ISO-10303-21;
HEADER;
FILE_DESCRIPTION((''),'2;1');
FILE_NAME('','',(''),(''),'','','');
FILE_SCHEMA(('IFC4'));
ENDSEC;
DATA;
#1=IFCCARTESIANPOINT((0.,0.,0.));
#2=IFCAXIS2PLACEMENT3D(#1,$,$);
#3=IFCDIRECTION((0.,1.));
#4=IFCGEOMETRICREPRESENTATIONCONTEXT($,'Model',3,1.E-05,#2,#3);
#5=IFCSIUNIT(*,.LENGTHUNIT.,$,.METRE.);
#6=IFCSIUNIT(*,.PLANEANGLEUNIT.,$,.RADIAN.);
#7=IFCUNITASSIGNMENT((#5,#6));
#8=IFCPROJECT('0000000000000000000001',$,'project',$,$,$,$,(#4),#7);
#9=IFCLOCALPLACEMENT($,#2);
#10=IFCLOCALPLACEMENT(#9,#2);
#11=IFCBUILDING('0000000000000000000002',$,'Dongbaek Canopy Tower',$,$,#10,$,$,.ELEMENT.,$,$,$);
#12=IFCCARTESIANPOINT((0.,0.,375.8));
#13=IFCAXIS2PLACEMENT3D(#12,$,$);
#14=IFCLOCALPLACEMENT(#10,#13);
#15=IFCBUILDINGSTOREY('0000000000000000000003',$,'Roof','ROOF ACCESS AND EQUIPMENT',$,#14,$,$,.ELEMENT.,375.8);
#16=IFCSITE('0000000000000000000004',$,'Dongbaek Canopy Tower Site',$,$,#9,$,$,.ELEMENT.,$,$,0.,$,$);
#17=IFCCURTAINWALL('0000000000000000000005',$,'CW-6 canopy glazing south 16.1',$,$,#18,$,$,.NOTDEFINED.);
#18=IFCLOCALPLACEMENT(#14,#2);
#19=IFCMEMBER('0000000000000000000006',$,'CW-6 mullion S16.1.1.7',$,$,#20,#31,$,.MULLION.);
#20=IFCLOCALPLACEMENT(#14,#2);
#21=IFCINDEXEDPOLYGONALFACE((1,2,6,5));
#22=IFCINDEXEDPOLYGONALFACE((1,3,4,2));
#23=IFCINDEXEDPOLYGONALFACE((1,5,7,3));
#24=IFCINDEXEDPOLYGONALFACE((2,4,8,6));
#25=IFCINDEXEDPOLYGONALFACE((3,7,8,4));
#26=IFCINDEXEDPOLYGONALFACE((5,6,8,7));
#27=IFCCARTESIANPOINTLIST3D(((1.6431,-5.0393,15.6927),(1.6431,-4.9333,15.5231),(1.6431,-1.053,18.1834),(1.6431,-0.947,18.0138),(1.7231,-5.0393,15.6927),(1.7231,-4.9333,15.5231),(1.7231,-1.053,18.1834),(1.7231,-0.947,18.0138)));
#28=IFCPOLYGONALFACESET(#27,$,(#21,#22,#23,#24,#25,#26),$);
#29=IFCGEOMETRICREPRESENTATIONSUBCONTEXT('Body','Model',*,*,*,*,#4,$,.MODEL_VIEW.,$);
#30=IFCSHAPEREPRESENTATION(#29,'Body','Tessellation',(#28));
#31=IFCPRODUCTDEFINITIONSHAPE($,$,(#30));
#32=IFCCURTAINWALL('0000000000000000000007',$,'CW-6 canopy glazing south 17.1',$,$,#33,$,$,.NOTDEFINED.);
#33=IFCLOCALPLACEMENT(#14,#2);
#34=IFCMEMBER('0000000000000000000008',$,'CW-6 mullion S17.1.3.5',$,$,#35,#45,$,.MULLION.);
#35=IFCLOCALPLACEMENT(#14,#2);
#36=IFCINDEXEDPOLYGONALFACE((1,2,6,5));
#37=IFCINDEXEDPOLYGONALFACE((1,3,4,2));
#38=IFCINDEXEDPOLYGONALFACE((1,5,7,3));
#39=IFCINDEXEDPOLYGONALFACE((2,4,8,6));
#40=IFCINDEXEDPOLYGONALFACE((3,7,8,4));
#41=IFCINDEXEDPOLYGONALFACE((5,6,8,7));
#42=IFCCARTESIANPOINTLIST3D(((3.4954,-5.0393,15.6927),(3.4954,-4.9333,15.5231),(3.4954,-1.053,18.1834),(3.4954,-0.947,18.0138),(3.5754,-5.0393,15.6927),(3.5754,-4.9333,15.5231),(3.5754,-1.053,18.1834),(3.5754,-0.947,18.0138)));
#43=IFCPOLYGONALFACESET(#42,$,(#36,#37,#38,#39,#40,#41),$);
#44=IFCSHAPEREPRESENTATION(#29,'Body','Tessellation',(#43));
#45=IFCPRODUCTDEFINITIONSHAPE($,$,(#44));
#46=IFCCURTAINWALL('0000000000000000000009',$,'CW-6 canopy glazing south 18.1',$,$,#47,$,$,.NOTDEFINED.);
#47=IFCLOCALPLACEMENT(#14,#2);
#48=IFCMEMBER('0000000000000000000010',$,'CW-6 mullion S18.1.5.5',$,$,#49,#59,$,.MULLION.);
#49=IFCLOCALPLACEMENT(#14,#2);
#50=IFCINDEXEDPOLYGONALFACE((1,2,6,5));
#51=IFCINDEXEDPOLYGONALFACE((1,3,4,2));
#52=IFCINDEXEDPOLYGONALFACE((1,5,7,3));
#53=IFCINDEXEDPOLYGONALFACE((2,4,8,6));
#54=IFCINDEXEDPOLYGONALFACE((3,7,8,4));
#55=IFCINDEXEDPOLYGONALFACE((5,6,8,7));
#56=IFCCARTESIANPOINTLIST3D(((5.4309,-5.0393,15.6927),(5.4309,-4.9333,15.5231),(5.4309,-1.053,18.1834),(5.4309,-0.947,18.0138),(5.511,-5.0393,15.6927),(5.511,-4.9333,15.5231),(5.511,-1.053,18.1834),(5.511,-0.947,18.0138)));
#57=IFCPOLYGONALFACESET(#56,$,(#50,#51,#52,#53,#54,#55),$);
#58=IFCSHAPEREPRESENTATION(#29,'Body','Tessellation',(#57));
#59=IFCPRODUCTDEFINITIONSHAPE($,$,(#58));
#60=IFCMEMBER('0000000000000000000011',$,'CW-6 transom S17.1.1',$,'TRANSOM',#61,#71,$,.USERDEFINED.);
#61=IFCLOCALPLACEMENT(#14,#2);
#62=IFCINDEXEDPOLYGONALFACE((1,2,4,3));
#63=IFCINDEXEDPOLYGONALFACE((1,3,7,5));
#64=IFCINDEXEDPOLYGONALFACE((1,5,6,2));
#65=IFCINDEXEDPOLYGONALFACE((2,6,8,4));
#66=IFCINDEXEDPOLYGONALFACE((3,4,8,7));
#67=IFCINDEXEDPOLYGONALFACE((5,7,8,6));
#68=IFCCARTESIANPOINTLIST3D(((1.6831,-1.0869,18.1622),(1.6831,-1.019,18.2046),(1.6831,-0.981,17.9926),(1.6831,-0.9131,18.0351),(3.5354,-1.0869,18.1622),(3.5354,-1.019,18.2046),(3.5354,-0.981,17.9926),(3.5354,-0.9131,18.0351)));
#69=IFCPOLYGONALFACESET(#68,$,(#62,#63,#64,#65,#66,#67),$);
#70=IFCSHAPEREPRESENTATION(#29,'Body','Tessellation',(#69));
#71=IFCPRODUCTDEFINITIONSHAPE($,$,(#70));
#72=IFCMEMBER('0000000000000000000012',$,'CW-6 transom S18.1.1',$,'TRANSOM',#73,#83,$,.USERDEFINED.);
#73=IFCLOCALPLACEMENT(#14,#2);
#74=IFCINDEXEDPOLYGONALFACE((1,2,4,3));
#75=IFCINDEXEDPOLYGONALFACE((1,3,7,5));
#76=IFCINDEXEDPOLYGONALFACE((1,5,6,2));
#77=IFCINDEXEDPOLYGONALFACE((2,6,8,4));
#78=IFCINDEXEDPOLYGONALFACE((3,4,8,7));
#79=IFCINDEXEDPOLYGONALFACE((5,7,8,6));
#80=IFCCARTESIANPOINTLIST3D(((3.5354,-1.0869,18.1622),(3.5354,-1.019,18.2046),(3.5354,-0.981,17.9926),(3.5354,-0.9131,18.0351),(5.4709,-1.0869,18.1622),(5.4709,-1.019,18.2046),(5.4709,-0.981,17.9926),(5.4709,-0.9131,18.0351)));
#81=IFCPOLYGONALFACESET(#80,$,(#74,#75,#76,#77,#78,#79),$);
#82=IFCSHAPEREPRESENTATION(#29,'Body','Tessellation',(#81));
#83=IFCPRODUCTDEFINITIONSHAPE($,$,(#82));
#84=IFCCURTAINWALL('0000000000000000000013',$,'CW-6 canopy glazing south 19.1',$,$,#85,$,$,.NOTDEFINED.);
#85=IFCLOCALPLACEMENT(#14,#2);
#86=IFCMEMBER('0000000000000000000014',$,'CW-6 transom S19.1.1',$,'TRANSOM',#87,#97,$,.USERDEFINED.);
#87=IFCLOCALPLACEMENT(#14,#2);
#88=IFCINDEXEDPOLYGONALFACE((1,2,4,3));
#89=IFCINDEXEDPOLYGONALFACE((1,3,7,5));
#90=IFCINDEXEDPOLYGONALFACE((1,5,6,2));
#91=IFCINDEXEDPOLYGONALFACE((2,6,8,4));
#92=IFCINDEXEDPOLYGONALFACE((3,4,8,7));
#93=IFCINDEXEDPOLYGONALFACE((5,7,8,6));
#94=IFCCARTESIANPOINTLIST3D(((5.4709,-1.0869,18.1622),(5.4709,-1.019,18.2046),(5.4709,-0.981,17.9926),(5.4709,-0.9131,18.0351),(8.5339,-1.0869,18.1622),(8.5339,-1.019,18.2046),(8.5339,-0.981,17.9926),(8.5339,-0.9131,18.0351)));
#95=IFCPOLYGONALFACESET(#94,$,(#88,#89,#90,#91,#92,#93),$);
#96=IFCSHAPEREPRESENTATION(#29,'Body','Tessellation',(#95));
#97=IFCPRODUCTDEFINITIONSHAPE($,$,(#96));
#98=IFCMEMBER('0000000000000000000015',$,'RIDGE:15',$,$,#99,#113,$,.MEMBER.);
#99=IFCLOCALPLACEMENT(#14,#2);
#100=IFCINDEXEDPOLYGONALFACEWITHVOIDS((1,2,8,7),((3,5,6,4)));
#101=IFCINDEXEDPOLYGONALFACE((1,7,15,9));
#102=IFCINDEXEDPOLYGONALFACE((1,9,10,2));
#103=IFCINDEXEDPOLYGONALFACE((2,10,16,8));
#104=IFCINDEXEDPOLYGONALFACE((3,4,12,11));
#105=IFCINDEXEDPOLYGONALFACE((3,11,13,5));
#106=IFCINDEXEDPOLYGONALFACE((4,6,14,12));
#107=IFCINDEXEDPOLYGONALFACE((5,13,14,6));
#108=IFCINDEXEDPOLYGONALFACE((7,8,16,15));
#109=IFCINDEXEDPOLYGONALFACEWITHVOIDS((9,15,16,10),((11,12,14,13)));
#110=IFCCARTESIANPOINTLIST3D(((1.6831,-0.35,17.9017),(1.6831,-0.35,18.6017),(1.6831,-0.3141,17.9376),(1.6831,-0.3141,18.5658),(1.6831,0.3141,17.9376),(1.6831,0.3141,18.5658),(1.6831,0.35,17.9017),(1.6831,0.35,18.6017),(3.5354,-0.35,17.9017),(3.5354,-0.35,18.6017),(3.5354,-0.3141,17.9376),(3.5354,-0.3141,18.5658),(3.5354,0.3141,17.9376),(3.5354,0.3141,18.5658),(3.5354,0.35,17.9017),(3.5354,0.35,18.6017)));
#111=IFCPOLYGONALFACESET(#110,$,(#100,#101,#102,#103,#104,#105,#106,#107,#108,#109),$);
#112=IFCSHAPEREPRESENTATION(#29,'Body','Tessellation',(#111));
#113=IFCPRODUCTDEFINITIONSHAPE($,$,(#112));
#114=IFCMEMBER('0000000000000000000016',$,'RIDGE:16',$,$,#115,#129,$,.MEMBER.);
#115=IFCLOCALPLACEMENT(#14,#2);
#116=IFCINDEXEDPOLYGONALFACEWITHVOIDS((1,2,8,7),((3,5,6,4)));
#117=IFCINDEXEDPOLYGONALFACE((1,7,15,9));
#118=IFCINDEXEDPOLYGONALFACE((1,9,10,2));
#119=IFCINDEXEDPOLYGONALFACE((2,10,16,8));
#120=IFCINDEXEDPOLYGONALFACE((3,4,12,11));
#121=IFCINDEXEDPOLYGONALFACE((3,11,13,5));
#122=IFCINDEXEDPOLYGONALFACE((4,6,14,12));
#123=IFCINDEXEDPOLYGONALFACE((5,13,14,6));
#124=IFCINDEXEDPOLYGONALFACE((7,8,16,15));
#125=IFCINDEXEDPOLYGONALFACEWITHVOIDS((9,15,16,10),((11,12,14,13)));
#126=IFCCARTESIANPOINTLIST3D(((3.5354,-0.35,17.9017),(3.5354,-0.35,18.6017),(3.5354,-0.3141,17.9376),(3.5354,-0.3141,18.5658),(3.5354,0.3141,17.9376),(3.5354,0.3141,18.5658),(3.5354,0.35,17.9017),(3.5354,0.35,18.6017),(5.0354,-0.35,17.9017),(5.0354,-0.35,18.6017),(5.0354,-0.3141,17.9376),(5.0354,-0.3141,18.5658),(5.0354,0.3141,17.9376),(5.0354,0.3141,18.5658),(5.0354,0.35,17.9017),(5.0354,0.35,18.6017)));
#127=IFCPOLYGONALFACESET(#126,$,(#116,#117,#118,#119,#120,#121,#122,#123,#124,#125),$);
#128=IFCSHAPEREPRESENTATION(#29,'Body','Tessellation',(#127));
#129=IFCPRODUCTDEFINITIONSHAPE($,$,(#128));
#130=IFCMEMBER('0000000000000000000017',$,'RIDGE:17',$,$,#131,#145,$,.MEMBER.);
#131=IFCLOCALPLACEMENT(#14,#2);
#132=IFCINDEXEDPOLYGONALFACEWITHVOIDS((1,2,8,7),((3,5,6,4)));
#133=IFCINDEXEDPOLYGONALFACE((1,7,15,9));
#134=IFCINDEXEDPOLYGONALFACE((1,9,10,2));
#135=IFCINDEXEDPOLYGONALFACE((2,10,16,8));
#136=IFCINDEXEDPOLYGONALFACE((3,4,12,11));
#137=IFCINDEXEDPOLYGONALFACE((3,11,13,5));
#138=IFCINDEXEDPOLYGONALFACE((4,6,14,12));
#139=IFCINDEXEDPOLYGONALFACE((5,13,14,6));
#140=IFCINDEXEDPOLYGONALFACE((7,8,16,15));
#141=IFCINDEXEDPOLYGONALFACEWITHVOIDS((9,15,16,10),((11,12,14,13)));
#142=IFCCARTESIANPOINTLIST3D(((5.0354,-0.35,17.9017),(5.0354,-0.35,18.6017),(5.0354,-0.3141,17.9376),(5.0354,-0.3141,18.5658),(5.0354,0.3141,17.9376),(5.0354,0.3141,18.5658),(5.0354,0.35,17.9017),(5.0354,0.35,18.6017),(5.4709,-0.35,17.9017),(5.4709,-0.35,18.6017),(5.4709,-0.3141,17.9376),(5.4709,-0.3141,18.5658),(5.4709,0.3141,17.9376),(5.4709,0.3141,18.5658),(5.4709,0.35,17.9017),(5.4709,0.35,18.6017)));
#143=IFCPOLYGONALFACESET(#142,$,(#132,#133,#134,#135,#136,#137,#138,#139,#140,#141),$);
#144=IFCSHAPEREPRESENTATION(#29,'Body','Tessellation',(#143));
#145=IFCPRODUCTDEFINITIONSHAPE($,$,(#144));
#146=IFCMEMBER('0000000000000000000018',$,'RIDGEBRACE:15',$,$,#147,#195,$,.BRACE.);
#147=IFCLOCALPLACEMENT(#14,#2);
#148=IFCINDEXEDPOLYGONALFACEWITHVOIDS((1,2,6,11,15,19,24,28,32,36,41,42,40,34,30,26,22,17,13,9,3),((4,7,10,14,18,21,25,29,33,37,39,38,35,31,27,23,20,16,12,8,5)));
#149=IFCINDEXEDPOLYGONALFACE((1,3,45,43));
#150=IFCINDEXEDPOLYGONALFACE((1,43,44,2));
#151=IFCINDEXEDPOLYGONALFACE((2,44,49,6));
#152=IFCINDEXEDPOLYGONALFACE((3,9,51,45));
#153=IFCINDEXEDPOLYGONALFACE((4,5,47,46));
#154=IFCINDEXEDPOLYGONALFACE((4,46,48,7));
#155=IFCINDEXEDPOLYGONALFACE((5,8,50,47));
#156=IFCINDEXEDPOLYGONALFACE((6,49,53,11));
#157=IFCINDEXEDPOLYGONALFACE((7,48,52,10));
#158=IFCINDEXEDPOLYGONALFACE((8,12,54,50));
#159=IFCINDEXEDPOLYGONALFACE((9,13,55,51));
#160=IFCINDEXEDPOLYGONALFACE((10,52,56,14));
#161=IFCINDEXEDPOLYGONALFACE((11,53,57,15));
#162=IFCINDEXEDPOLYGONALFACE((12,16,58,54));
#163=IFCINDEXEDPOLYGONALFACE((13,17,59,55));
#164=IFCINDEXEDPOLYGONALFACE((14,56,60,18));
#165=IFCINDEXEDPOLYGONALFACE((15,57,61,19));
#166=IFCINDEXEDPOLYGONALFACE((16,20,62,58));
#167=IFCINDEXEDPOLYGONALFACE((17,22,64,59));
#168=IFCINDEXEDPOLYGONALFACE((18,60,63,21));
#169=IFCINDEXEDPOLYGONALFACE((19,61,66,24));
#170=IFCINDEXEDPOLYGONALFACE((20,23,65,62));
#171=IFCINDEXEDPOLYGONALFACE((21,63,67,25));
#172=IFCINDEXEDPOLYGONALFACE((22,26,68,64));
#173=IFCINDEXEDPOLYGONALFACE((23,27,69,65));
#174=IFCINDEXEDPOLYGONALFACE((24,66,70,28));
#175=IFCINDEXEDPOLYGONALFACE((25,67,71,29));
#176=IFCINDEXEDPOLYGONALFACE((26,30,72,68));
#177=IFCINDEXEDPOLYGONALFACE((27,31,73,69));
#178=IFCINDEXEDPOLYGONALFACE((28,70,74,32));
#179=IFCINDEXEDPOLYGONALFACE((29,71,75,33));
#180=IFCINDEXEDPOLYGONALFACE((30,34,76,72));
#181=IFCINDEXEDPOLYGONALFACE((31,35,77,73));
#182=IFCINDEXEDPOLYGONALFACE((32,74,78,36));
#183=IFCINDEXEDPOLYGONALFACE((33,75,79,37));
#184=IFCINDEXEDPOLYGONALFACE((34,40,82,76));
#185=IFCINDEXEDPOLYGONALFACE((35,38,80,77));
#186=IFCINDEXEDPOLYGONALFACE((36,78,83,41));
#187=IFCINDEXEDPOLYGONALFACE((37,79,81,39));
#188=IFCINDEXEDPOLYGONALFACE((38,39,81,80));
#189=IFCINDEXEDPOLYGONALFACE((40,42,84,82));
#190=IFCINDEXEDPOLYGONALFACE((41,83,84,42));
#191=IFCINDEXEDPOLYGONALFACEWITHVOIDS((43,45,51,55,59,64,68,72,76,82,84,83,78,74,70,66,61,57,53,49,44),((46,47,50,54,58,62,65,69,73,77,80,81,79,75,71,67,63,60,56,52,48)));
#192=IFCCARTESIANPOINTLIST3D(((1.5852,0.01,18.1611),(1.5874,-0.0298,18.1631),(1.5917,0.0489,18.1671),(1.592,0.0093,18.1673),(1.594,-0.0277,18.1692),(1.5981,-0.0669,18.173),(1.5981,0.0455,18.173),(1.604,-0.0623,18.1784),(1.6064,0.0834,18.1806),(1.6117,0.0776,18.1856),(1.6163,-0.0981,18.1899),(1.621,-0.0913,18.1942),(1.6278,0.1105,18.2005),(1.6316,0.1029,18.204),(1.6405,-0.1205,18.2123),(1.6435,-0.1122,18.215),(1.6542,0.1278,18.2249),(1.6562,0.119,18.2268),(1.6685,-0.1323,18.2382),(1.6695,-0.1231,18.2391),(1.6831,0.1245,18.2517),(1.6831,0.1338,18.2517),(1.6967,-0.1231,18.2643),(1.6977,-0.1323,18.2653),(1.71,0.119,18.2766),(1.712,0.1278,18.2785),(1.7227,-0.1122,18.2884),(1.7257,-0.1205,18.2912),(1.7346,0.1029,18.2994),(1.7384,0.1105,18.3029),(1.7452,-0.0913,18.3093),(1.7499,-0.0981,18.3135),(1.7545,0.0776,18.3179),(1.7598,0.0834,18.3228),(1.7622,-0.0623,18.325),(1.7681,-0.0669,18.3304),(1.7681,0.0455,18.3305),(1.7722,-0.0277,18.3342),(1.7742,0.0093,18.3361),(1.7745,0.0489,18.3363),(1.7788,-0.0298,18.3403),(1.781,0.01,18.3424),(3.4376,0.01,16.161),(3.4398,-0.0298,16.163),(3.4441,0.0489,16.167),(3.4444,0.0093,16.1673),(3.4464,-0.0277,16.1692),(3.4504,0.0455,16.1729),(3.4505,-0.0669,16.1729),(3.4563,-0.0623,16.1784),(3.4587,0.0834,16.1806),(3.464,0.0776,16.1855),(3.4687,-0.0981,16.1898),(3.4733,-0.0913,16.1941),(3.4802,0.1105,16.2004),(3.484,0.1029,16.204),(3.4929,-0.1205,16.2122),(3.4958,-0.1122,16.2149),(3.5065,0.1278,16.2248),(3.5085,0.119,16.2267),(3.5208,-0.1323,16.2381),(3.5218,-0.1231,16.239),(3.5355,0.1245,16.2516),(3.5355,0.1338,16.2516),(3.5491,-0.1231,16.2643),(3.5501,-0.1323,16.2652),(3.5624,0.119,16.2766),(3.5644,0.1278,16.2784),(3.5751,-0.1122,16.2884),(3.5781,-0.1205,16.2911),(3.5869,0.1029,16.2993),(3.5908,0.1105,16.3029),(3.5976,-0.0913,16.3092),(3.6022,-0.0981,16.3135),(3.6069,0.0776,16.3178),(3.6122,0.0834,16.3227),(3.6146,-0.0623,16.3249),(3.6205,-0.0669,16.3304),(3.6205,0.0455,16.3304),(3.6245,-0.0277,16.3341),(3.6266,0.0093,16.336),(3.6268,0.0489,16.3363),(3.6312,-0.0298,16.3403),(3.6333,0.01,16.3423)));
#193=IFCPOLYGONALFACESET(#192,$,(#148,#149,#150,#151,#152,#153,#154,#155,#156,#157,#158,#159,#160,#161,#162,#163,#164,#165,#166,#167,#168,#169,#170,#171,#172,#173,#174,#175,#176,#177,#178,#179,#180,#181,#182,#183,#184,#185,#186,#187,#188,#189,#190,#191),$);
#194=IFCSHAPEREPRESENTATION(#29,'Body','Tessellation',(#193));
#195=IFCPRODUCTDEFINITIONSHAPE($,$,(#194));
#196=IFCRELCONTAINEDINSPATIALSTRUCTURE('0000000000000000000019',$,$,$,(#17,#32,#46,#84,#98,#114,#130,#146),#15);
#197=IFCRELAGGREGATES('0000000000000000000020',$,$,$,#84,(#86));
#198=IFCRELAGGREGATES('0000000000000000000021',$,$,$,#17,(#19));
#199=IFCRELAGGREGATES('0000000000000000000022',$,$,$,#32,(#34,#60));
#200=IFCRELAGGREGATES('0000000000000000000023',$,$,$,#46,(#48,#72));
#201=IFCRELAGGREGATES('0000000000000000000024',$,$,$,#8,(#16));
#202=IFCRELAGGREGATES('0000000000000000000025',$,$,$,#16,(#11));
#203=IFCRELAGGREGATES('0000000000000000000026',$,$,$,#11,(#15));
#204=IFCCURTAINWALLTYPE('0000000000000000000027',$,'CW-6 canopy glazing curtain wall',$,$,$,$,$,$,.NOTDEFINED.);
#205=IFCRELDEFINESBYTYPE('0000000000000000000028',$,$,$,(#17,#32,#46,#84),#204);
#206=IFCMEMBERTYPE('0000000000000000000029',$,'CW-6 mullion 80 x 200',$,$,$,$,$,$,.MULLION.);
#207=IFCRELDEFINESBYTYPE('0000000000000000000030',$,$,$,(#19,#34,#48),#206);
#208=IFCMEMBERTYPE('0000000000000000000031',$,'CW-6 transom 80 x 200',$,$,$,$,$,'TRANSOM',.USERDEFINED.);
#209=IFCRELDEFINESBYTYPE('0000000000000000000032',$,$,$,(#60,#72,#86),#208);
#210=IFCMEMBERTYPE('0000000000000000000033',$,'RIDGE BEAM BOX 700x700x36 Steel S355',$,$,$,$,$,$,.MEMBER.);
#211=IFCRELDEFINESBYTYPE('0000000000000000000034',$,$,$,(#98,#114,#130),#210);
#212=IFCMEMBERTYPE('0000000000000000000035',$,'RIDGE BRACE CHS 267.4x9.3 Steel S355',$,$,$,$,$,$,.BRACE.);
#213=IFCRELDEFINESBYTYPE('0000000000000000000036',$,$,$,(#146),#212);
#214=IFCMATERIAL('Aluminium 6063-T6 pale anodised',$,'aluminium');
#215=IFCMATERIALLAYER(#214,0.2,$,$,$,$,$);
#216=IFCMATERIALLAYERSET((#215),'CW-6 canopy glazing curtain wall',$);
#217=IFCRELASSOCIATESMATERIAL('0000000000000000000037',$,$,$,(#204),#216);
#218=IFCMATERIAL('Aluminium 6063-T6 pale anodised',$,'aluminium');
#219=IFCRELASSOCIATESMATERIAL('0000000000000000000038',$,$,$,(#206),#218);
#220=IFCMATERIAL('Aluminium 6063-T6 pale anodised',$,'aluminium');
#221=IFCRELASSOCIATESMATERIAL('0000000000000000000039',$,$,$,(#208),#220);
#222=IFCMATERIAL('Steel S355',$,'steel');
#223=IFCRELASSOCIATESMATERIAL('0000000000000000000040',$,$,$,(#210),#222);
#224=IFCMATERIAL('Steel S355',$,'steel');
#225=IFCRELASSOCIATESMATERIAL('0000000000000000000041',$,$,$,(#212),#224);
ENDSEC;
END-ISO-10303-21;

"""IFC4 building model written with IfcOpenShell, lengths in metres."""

from ifc_helpers import new_model, si_unit, direction, frame, origin, origin_2d, place, context, subcontext, project, spatial, rectangle, hollow_rectangle, hollow_circle, extrude, material, layer, layer_set, material_profile, profile_set, type_object, element, aggregate, save


model = new_model("IFC4")

# Units and contexts
model_context = context("Model", 3, precision=1e-05, world=origin(), true_north=direction((0.0, 1.0)))
body_context = subcontext(model_context, "Body", "Model", "MODEL_VIEW")
ifc_project = project(units=[si_unit("LENGTHUNIT", "METRE"), si_unit("PLANEANGLEUNIT", "RADIAN")], contexts=[model_context])

# Site, building, storey
site_placement = place(None, origin())
site = spatial("IfcSite", under=ifc_project, at=site_placement, Name="Dongbaek Canopy Tower Site", CompositionType="ELEMENT", RefElevation=0.0)
building_placement = place(site_placement, origin())
building = spatial("IfcBuilding", under=site, at=building_placement, Name="Dongbaek Canopy Tower", CompositionType="ELEMENT")
storey_placement = place(building_placement, frame((0.0, 0.0, 375.8)))
storey = spatial("IfcBuildingStorey", under=building, at=storey_placement, Name="Roof", Description="ROOF ACCESS AND EQUIPMENT", CompositionType="ELEMENT", Elevation=375.8)

# Curtain walls, members
ifc_material_1 = material(Name="Aluminium 6063-T6 pale anodised", Category="aluminium")
ifc_layer_1 = layer(ifc_material_1, 0.2)
ifc_layer_set_1 = layer_set([ifc_layer_1], Name="CW-6 canopy glazing curtain wall")
curtain_wall_type = type_object("IfcCurtainWallType", Name="CW-6 canopy glazing curtain wall", PredefinedType="NOTDEFINED", material=ifc_layer_set_1)
curtain_wall_1_placement = place(storey_placement, origin())
curtain_wall_1 = element("IfcCurtainWall", 1, at=curtain_wall_1_placement, inside=storey, type_object=curtain_wall_type, Name="CW-6 canopy glazing south 16.1", PredefinedType="NOTDEFINED")
ifc_material_2 = material(Name="Aluminium 6063-T6 pale anodised", Category="aluminium")
ifc_material_profile_1 = material_profile(ifc_material_2, rectangle(XDim=0.0801, YDim=0.2, at=origin_2d()), Name="CW-6 mullion 80 x 200")
ifc_profile_set_1 = profile_set([ifc_material_profile_1], Name="Aluminium 6063-T6 pale anodised")
member_type_1 = type_object("IfcMemberType", Name="CW-6 mullion 80 x 200", PredefinedType="MULLION", material=ifc_profile_set_1)
member_1_placement = place(storey_placement, frame((1.6831, -1.0, 18.0986), z_axis=(0.0, -0.848068, -0.529887), x_axis=(1.0, 0.0, 0.0)))
member_1 = element("IfcMember", 2, at=member_1_placement, type_object=member_type_1, Name="CW-6 mullion S16.1.1.7", PredefinedType="MULLION", context=body_context, shape_type="SweptSolid", body=[
    extrude(rectangle(XDim=0.0801, YDim=0.2, at=origin_2d()), origin(), (0.0, 0.0, 1.0), 4.7004),
])
curtain_wall_2_placement = place(storey_placement, origin())
curtain_wall_2 = element("IfcCurtainWall", 3, at=curtain_wall_2_placement, inside=storey, type_object=curtain_wall_type, Name="CW-6 canopy glazing south 17.1", PredefinedType="NOTDEFINED")
member_2_placement = place(storey_placement, frame((3.5354, -1.0, 18.0986), z_axis=(0.0, -0.848068, -0.529887), x_axis=(1.0, 0.0, 0.0)))
member_2 = element("IfcMember", 4, at=member_2_placement, type_object=member_type_1, Name="CW-6 mullion S17.1.3.5", PredefinedType="MULLION", context=body_context, shape_type="SweptSolid", body=[
    extrude(rectangle(XDim=0.0801, YDim=0.2, at=origin_2d()), origin(), (0.0, 0.0, 1.0), 4.7004),
])
curtain_wall_3_placement = place(storey_placement, origin())
curtain_wall_3 = element("IfcCurtainWall", 5, at=curtain_wall_3_placement, inside=storey, type_object=curtain_wall_type, Name="CW-6 canopy glazing south 18.1", PredefinedType="NOTDEFINED")
member_3_placement = place(storey_placement, frame((5.4709, -1.0, 18.0986), z_axis=(0.0, -0.848068, -0.529887), x_axis=(1.0, 0.0, 0.0)))
member_3 = element("IfcMember", 6, at=member_3_placement, type_object=member_type_1, Name="CW-6 mullion S18.1.5.5", PredefinedType="MULLION", context=body_context, shape_type="SweptSolid", body=[
    extrude(rectangle(XDim=0.0801, YDim=0.2, at=origin_2d()), origin(), (0.0, 0.0, 1.0), 4.7004),
])

# Members
ifc_material_3 = material(Name="Aluminium 6063-T6 pale anodised", Category="aluminium")
ifc_material_profile_2 = material_profile(ifc_material_3, rectangle(XDim=0.0801, YDim=0.2, at=origin_2d()), Name="CW-6 transom 80 x 200")
ifc_profile_set_2 = profile_set([ifc_material_profile_2], Name="Aluminium 6063-T6 pale anodised")
member_type_2 = type_object("IfcMemberType", Name="CW-6 transom 80 x 200", ElementType="TRANSOM", PredefinedType="USERDEFINED", material=ifc_profile_set_2)
member_4_placement = place(storey_placement, frame((1.6831, -1.0, 18.0986), z_axis=(1.0, 0.0, 0.0), x_axis=(0.0, 0.848048, 0.529919)))
member_4 = element("IfcMember", 7, at=member_4_placement, type_object=member_type_2, Name="CW-6 transom S17.1.1", ObjectType="TRANSOM", PredefinedType="USERDEFINED", context=body_context, shape_type="SweptSolid", body=[
    extrude(rectangle(XDim=0.0801, YDim=0.2, at=origin_2d()), origin(), (0.0, 0.0, 1.0), 1.8523),
])
member_5_placement = place(storey_placement, frame((3.5354, -1.0, 18.0986), z_axis=(1.0, 0.0, 0.0), x_axis=(0.0, 0.848048, 0.529919)))
member_5 = element("IfcMember", 8, at=member_5_placement, type_object=member_type_2, Name="CW-6 transom S18.1.1", ObjectType="TRANSOM", PredefinedType="USERDEFINED", context=body_context, shape_type="SweptSolid", body=[
    extrude(rectangle(XDim=0.0801, YDim=0.2, at=origin_2d()), origin(), (0.0, 0.0, 1.0), 1.9355),
])

# Curtain wall, member
curtain_wall_4_placement = place(storey_placement, origin())
curtain_wall_4 = element("IfcCurtainWall", 9, at=curtain_wall_4_placement, inside=storey, type_object=curtain_wall_type, Name="CW-6 canopy glazing south 19.1", PredefinedType="NOTDEFINED")
member_6_placement = place(storey_placement, frame((5.4709, -1.0, 18.0986), z_axis=(1.0, 0.0, 0.0), x_axis=(0.0, 0.848048, 0.529919)))
member_6 = element("IfcMember", 10, at=member_6_placement, type_object=member_type_2, Name="CW-6 transom S19.1.1", ObjectType="TRANSOM", PredefinedType="USERDEFINED", context=body_context, shape_type="SweptSolid", body=[
    extrude(rectangle(XDim=0.0801, YDim=0.2, at=origin_2d()), origin(), (0.0, 0.0, 1.0), 3.063),
])
aggregate(curtain_wall_4, [member_6])

# Members
ifc_material_4 = material(Name="Steel S355", Category="steel")
ifc_material_profile_3 = material_profile(ifc_material_4, hollow_rectangle(XDim=0.7, YDim=0.7, WallThickness=0.0359, at=origin_2d()), Name="RIDGE BEAM BOX 700x700x36 Steel S355")
ifc_profile_set_3 = profile_set([ifc_material_profile_3], Name="Steel S355")
member_type_3 = type_object("IfcMemberType", Name="RIDGE BEAM BOX 700x700x36 Steel S355", PredefinedType="MEMBER", material=ifc_profile_set_3)
member_7_placement = place(storey_placement, frame((1.6831, 0.0, 18.2517), z_axis=(1.0, 0.0, 0.0), x_axis=(0.0, 1.0, 0.0)))
element("IfcMember", 11, at=member_7_placement, inside=storey, type_object=member_type_3, Name="RIDGE:15", PredefinedType="MEMBER", context=body_context, shape_type="SweptSolid", body=[
    extrude(hollow_rectangle(XDim=0.7, YDim=0.7, WallThickness=0.0359, at=origin_2d()), origin(), (0.0, 0.0, 1.0), 1.8523),
])
member_8_placement = place(storey_placement, frame((3.5354, 0.0, 18.2517), z_axis=(1.0, 0.0, 0.0), x_axis=(0.0, 1.0, 0.0)))
element("IfcMember", 12, at=member_8_placement, inside=storey, type_object=member_type_3, Name="RIDGE:16", PredefinedType="MEMBER", context=body_context, shape_type="SweptSolid", body=[
    extrude(hollow_rectangle(XDim=0.7, YDim=0.7, WallThickness=0.0359, at=origin_2d()), origin(), (0.0, 0.0, 1.0), 1.5),
])
member_9_placement = place(storey_placement, frame((5.0354, 0.0, 18.2517), z_axis=(1.0, 0.0, 0.0), x_axis=(0.0, 1.0, 0.0)))
element("IfcMember", 13, at=member_9_placement, inside=storey, type_object=member_type_3, Name="RIDGE:17", PredefinedType="MEMBER", context=body_context, shape_type="SweptSolid", body=[
    extrude(hollow_rectangle(XDim=0.7, YDim=0.7, WallThickness=0.0359, at=origin_2d()), origin(), (0.0, 0.0, 1.0), 0.4355),
])
ifc_material_5 = material(Name="Steel S355", Category="steel")
ifc_material_profile_4 = material_profile(ifc_material_5, hollow_circle(Radius=0.1338, WallThickness=0.0093, at=origin_2d()), Name="RIDGE BRACE CHS 267.4x9.3 Steel S355")
ifc_profile_set_4 = profile_set([ifc_material_profile_4], Name="Steel S355")
member_type_4 = type_object("IfcMemberType", Name="RIDGE BRACE CHS 267.4x9.3 Steel S355", PredefinedType="BRACE", material=ifc_profile_set_4)
member_10_placement = place(storey_placement, frame((1.6831, 0.0, 18.2517), z_axis=(0.679496, 0.0, -0.73368), x_axis=(0.0, 1.0, 0.0)))
element("IfcMember", 14, at=member_10_placement, inside=storey, type_object=member_type_4, Name="RIDGEBRACE:15", PredefinedType="BRACE", context=body_context, shape_type="SweptSolid", body=[
    extrude(hollow_circle(Radius=0.1338, WallThickness=0.0093, at=origin_2d()), origin(), (0.0, 0.0, 1.0), 2.7261),
])

aggregate(curtain_wall_1, [member_1])
aggregate(curtain_wall_2, [member_2, member_4])
aggregate(curtain_wall_3, [member_3, member_5])

save(model, "model.ifc")
